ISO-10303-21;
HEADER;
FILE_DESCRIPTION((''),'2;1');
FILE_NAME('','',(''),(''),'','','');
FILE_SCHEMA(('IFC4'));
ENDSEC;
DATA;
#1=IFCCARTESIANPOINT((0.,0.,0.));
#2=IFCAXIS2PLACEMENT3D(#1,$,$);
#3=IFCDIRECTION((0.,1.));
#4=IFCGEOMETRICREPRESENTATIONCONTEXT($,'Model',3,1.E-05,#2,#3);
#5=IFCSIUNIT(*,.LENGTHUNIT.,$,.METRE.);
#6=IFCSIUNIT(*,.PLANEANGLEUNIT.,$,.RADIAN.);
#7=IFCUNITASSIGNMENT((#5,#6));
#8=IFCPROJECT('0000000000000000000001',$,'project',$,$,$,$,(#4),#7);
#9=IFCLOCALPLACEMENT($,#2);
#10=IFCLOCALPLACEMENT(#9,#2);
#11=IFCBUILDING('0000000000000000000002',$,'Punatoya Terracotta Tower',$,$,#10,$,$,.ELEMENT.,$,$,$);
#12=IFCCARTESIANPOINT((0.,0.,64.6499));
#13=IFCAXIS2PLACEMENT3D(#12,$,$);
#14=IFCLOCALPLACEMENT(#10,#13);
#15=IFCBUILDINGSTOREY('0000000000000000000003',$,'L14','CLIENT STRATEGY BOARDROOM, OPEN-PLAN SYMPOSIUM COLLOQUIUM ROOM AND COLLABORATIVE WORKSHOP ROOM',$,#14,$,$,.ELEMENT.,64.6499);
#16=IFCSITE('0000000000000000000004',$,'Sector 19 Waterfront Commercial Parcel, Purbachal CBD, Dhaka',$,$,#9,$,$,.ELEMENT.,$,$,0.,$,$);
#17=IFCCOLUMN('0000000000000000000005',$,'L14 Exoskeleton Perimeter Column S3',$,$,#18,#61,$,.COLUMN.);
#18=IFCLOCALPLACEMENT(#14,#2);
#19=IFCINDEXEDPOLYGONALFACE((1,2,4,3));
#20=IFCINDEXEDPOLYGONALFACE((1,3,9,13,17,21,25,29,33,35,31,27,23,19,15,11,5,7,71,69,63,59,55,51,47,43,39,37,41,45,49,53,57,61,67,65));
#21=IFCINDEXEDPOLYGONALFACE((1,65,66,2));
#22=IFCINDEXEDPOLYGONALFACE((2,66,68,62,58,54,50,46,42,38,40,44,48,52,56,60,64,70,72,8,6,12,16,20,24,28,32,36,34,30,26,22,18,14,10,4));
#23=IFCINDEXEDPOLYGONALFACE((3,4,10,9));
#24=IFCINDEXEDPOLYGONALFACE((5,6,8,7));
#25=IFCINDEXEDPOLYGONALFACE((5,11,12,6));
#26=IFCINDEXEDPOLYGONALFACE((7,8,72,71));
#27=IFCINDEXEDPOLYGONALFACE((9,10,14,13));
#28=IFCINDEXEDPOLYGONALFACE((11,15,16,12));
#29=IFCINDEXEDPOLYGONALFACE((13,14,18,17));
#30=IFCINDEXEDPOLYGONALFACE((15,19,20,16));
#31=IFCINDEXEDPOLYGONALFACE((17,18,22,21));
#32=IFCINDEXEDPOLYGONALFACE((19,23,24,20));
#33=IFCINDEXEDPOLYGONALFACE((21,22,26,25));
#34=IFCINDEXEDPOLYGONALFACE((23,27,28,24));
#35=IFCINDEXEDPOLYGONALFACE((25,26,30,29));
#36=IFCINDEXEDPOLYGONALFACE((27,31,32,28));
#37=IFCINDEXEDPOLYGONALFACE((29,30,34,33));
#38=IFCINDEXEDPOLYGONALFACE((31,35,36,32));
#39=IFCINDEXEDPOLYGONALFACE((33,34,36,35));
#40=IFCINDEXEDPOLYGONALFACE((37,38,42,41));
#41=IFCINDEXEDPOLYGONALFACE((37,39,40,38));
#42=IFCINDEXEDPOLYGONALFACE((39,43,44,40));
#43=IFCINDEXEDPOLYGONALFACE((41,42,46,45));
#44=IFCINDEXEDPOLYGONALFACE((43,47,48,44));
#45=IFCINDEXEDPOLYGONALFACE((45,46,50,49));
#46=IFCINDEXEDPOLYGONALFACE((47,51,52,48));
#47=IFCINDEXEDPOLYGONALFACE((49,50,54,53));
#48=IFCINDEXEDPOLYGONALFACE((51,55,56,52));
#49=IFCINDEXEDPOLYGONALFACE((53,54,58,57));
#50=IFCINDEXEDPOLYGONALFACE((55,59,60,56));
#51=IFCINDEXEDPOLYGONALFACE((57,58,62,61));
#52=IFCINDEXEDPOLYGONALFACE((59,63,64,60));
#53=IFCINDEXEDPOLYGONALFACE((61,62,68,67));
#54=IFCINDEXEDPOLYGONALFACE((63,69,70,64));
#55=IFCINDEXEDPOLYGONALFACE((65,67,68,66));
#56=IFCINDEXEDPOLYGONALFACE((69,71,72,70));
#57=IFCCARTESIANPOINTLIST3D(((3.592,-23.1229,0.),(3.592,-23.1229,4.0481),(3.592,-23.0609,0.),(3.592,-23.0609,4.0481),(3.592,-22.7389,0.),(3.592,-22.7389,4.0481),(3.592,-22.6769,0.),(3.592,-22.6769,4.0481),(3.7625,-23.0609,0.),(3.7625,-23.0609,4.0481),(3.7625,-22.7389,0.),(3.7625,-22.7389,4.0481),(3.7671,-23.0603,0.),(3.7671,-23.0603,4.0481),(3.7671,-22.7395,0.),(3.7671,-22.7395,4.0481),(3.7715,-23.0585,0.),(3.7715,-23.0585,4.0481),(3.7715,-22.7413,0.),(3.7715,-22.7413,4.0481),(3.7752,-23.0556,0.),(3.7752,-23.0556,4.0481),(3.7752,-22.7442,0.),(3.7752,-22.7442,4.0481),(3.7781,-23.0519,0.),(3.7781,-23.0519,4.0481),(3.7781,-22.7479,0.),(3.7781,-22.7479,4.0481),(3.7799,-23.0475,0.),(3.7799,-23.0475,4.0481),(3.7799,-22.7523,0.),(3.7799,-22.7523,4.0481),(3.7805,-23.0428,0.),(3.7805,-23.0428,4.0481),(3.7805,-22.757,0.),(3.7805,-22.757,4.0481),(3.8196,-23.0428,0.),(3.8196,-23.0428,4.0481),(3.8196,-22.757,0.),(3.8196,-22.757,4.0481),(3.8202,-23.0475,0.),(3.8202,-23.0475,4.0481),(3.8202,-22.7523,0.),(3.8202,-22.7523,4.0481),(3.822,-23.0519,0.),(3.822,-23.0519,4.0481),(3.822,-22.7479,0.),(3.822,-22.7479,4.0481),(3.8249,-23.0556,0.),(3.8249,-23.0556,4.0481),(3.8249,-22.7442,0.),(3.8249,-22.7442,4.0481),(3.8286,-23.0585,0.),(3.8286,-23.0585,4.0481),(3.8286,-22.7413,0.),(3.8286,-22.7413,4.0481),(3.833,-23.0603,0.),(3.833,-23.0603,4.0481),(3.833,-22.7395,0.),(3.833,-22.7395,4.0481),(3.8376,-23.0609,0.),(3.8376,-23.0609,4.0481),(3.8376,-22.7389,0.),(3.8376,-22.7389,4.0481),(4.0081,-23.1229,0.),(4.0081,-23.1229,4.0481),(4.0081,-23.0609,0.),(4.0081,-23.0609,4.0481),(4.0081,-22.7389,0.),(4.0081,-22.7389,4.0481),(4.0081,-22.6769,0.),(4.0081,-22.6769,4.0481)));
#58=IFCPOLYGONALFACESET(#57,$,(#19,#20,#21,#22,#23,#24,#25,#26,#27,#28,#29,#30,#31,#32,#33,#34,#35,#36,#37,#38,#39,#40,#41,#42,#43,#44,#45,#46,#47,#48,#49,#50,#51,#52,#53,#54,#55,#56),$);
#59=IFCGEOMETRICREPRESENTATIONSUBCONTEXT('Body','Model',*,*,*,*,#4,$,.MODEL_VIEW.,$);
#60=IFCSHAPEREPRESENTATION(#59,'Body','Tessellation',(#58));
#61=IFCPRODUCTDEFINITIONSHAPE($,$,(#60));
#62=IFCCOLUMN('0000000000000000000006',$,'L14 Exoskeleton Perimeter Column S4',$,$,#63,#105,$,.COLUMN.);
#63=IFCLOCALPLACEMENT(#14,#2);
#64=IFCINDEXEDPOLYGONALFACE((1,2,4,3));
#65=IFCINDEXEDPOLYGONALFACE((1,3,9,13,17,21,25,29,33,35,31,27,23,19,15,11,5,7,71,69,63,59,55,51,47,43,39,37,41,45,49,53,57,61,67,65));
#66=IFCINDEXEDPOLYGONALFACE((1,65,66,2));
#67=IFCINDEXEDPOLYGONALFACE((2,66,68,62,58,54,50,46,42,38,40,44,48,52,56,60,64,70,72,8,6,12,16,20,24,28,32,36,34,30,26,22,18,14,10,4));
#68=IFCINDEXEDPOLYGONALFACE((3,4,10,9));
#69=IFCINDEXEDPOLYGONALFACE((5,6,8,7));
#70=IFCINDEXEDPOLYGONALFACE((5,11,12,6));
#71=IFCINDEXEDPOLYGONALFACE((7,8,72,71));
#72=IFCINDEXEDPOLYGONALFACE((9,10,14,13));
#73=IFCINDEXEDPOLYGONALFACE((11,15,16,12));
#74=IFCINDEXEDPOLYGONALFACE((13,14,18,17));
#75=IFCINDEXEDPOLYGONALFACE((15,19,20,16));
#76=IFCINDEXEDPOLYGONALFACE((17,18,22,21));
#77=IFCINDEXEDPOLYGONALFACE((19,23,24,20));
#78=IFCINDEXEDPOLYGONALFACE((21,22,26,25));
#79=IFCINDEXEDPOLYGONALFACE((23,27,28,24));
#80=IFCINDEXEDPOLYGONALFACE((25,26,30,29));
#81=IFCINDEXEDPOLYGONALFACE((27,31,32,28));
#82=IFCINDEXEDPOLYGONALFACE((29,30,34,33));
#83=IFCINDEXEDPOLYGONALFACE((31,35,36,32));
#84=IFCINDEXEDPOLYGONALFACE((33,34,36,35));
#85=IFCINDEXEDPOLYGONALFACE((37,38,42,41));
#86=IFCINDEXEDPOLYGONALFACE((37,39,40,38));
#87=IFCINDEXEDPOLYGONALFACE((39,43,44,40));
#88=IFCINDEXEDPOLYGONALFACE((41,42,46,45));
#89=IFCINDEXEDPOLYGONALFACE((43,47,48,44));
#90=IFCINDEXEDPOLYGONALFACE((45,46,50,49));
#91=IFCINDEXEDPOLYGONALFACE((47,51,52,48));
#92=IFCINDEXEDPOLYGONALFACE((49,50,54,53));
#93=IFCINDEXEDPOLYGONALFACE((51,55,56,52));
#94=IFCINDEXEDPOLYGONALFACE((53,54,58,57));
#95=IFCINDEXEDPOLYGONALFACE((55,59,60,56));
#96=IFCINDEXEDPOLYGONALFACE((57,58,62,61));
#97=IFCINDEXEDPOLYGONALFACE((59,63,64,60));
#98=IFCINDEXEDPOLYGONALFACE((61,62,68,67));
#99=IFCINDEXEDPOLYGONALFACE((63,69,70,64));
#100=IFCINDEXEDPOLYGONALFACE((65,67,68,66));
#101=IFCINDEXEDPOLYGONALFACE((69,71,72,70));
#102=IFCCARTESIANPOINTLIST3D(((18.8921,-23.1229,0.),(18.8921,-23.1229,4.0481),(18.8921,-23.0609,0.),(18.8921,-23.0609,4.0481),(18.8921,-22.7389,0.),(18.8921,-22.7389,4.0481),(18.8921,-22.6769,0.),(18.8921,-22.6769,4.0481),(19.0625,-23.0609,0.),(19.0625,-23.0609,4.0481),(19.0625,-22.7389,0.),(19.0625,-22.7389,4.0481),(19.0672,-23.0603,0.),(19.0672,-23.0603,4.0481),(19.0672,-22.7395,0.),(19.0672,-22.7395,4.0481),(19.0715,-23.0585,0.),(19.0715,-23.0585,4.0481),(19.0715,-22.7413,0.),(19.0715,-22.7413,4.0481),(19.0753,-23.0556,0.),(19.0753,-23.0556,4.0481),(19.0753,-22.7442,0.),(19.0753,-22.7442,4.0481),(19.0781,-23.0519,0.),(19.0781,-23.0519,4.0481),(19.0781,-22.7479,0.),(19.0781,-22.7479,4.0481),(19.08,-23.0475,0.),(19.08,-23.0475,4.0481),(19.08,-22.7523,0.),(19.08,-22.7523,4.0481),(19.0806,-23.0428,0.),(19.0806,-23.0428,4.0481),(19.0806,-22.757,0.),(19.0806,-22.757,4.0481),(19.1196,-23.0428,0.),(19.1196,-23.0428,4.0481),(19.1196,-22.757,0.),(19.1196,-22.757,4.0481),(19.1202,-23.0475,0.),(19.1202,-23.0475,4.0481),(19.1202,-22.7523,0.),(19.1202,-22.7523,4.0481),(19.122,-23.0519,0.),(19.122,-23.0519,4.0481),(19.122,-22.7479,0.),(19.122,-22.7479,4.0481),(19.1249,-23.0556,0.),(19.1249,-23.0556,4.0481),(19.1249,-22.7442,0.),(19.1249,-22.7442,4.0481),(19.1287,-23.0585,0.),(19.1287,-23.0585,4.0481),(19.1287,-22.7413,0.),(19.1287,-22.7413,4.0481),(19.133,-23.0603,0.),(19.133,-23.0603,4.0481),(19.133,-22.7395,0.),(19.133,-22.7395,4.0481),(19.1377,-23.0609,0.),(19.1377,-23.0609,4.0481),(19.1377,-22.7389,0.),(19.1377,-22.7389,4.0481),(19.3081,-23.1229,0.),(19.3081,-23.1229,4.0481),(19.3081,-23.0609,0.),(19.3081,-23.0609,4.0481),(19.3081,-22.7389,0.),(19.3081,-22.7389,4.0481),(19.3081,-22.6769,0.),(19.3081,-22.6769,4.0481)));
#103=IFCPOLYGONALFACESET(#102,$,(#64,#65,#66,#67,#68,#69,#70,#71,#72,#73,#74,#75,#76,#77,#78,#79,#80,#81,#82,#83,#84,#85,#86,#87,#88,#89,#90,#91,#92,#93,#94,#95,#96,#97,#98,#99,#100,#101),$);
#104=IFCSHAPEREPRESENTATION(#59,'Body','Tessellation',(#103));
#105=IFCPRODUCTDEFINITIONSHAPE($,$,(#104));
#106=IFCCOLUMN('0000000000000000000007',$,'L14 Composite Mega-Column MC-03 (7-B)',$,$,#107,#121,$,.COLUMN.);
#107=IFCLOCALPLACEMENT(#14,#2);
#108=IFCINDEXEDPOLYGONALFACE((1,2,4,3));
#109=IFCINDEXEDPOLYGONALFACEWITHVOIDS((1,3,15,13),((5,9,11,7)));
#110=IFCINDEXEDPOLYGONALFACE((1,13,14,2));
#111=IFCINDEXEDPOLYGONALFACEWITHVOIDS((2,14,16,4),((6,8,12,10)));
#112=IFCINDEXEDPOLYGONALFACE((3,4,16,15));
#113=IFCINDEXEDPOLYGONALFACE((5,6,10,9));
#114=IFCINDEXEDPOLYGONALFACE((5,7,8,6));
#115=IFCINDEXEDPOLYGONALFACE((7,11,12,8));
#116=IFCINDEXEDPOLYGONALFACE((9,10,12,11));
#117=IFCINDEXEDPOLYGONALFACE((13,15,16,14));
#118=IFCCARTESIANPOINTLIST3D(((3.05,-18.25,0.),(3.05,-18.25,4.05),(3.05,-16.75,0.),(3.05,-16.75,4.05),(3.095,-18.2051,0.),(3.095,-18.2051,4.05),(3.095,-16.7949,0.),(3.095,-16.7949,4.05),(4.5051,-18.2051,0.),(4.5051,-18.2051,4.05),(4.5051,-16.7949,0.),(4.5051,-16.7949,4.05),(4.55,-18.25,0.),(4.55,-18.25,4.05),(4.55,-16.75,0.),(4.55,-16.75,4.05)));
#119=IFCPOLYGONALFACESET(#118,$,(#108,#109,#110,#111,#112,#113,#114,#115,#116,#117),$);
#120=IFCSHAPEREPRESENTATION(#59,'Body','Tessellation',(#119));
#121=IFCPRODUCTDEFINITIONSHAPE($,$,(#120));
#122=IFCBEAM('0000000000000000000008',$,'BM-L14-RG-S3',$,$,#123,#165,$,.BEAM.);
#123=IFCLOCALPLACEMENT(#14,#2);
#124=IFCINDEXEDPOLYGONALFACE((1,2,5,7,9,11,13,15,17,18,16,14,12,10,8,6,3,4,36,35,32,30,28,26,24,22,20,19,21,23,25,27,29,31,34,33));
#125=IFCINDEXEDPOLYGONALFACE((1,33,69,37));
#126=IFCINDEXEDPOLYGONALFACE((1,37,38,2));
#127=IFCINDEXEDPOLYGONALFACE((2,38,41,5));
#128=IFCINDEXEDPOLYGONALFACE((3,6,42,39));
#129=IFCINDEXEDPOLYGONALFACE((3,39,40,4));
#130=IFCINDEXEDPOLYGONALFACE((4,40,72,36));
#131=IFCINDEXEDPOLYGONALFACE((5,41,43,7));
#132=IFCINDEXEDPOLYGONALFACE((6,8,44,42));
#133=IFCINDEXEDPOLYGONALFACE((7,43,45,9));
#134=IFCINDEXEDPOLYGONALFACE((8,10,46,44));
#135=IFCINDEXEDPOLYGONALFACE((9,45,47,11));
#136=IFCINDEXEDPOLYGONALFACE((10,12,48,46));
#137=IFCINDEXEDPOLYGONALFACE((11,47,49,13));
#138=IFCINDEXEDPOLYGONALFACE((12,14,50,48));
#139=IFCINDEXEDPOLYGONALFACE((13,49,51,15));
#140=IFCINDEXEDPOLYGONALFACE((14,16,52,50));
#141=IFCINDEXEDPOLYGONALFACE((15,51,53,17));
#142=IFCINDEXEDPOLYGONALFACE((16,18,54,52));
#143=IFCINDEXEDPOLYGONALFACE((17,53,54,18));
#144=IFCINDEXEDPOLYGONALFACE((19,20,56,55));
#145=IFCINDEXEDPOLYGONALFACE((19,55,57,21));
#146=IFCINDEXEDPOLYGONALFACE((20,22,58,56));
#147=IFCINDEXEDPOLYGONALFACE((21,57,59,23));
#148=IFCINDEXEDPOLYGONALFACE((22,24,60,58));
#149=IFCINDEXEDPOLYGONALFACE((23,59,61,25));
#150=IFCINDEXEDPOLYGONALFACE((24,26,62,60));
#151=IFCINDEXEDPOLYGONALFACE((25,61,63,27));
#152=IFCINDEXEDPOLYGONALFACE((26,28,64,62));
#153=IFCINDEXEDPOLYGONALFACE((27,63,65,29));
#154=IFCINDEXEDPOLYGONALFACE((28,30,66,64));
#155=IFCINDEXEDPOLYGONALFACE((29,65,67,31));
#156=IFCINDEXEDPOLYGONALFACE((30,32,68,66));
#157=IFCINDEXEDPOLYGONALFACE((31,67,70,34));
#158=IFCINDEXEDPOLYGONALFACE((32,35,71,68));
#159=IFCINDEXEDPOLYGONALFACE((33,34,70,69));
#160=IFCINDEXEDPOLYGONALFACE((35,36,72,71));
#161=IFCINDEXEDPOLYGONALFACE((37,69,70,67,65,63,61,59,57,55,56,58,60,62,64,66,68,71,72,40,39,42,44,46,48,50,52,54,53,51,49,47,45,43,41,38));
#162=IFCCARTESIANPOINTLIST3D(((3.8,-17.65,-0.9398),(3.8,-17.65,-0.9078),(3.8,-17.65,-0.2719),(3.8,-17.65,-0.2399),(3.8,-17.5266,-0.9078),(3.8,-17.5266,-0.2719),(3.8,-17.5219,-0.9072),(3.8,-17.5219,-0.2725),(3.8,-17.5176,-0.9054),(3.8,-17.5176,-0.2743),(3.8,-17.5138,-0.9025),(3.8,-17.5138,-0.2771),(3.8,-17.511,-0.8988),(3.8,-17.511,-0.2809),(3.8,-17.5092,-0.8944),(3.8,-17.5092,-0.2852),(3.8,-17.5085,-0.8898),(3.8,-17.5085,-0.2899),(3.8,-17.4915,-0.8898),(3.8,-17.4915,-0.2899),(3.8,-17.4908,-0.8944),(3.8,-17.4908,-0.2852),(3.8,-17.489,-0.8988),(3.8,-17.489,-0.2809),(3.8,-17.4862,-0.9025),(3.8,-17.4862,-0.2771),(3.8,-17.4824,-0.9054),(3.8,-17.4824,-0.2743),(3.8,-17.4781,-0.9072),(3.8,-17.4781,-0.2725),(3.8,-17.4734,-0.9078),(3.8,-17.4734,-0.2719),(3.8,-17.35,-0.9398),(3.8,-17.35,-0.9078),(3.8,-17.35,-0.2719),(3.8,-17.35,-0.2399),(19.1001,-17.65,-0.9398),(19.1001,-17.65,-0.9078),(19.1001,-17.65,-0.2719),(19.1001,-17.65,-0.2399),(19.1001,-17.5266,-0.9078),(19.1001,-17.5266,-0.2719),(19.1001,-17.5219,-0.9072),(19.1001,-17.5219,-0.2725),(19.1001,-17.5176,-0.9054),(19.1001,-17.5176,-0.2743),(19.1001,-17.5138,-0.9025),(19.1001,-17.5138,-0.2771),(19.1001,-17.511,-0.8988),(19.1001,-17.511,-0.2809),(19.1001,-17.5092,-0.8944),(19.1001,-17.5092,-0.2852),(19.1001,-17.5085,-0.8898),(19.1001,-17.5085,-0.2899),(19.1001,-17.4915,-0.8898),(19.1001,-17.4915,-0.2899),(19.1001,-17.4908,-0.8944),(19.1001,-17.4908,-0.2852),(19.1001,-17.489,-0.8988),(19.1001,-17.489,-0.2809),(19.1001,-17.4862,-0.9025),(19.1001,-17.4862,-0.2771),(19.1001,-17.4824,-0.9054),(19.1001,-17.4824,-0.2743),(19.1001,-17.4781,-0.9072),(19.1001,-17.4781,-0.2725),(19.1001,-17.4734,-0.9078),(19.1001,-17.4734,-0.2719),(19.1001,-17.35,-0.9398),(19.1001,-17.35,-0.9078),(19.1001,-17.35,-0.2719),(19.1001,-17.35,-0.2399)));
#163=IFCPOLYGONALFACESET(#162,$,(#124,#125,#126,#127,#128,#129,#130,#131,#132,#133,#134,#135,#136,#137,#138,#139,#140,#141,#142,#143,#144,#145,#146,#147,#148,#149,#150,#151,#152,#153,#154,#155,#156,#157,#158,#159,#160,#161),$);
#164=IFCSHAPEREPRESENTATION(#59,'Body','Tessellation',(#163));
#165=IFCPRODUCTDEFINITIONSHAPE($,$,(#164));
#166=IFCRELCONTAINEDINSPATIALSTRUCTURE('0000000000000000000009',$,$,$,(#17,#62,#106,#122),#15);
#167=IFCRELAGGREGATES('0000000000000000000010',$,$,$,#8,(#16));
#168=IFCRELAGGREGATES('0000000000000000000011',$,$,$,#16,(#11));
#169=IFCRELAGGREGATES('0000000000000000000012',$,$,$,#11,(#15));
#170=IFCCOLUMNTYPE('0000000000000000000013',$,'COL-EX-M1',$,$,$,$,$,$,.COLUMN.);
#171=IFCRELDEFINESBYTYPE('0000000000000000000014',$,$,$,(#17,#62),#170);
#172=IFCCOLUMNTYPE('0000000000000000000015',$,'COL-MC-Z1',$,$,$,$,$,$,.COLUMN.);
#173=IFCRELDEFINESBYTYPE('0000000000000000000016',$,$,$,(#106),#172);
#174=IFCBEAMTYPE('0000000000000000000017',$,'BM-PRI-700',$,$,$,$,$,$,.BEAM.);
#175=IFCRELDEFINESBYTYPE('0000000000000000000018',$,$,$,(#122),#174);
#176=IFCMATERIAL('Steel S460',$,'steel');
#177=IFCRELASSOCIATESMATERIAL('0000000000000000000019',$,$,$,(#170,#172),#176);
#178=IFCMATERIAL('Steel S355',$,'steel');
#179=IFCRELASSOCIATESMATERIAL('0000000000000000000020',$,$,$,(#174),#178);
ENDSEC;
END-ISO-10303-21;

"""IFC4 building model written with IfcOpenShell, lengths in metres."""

from ifc_helpers import new_model, si_unit, direction, frame, origin, origin_2d, place, context, subcontext, project, spatial, hollow_rectangle, i_section, extrude, material, material_profile, profile_set, type_object, element, save


model = new_model("IFC4")

# Units and contexts
model_context = context("Model", 3, precision=1e-05, world=origin(), true_north=direction((0.0, 1.0)))
body_context = subcontext(model_context, "Body", "Model", "MODEL_VIEW")
ifc_project = project(units=[si_unit("LENGTHUNIT", "METRE"), si_unit("PLANEANGLEUNIT", "RADIAN")], contexts=[model_context])

# Site, building, storey
site_placement = place(None, origin())
site = spatial("IfcSite", under=ifc_project, at=site_placement, Name="Sector 19 Waterfront Commercial Parcel, Purbachal CBD, Dhaka", CompositionType="ELEMENT", RefElevation=0.0)
building_placement = place(site_placement, origin())
building = spatial("IfcBuilding", under=site, at=building_placement, Name="Punatoya Terracotta Tower", CompositionType="ELEMENT")
storey_placement = place(building_placement, frame((0.0, 0.0, 64.6499)))
storey = spatial("IfcBuildingStorey", under=building, at=storey_placement, Name="L14", Description="CLIENT STRATEGY BOARDROOM, OPEN-PLAN SYMPOSIUM COLLOQUIUM ROOM AND COLLABORATIVE WORKSHOP ROOM", CompositionType="ELEMENT", Elevation=64.6499)

# Columns
ifc_material_1 = material(Name="Steel S460", Category="steel")
ifc_material_profile_1 = material_profile(ifc_material_1, i_section(OverallWidth=0.416, OverallDepth=0.446, WebThickness=0.0391, FlangeThickness=0.062, FilletRadius=0.0181, at=origin_2d()))
ifc_profile_set_1 = profile_set([ifc_material_profile_1], Name="Steel S460")
column_type_1 = type_object("IfcColumnType", Name="COL-EX-M1", PredefinedType="COLUMN", material=ifc_profile_set_1)
for number, where, z_axis, x_axis, name in (
    (1, (3.8, -22.8999, 0.0), (0.0, 0.0, 1.0), (1.0, 0.0, 0.0), "L14 Exoskeleton Perimeter Column S3"),
    (2, (19.1001, -22.8999, 0.0), (0.0, 0.0, 1.0), (1.0, 0.0, 0.0), "L14 Exoskeleton Perimeter Column S4"),
):
    element("IfcColumn", number, at=place(storey_placement, frame(where, z_axis=z_axis, x_axis=x_axis)), inside=storey, type_object=column_type_1, Name=name, PredefinedType="COLUMN", context=body_context, shape_type="SweptSolid", body=[
        extrude(i_section(OverallWidth=0.416, OverallDepth=0.446, WebThickness=0.0391, FlangeThickness=0.062, FilletRadius=0.0181, at=origin_2d()), origin(), (0.0, 0.0, 1.0), 4.0481),
    ])
ifc_material_profile_2 = material_profile(ifc_material_1, hollow_rectangle(XDim=1.5, YDim=1.5, WallThickness=0.0449, at=origin_2d()))
ifc_profile_set_2 = profile_set([ifc_material_profile_2], Name="Steel S460")
column_type_2 = type_object("IfcColumnType", Name="COL-MC-Z1", PredefinedType="COLUMN", material=ifc_profile_set_2)
column_placement = place(storey_placement, frame((3.8, -17.5, 0.0), z_axis=(0.0, 0.0, 1.0), x_axis=(1.0, 0.0, 0.0)))
element("IfcColumn", 3, at=column_placement, inside=storey, type_object=column_type_2, Name="L14 Composite Mega-Column MC-03 (7-B)", PredefinedType="COLUMN", context=body_context, shape_type="SweptSolid", body=[
    extrude(hollow_rectangle(XDim=1.5, YDim=1.5, WallThickness=0.0449, at=origin_2d()), origin(), (0.0, 0.0, 1.0), 4.05),
])

# Beam
ifc_material_2 = material(Name="Steel S355", Category="steel")
ifc_material_profile_3 = material_profile(ifc_material_2, i_section(OverallWidth=0.3, OverallDepth=0.7, WebThickness=0.0171, FlangeThickness=0.032, FilletRadius=0.0181, at=origin_2d()))
ifc_profile_set_3 = profile_set([ifc_material_profile_3], Name="Steel S355")
beam_type_1 = type_object("IfcBeamType", Name="BM-PRI-700", PredefinedType="BEAM", material=ifc_profile_set_3)
beam_1_placement = place(storey_placement, frame((3.8, -17.5, -0.5898), z_axis=(1.0, 0.0, 0.0), x_axis=(0.0, 1.0, 0.0)))
element("IfcBeam", 4, at=beam_1_placement, inside=storey, type_object=beam_type_1, Name="BM-L14-RG-S3", PredefinedType="BEAM", context=body_context, shape_type="SweptSolid", body=[
    extrude(i_section(OverallWidth=0.3, OverallDepth=0.7, WebThickness=0.0171, FlangeThickness=0.032, FilletRadius=0.0181, at=origin_2d()), origin(), (0.0, 0.0, 1.0), 15.3),
])

save(model, "model.ifc")
